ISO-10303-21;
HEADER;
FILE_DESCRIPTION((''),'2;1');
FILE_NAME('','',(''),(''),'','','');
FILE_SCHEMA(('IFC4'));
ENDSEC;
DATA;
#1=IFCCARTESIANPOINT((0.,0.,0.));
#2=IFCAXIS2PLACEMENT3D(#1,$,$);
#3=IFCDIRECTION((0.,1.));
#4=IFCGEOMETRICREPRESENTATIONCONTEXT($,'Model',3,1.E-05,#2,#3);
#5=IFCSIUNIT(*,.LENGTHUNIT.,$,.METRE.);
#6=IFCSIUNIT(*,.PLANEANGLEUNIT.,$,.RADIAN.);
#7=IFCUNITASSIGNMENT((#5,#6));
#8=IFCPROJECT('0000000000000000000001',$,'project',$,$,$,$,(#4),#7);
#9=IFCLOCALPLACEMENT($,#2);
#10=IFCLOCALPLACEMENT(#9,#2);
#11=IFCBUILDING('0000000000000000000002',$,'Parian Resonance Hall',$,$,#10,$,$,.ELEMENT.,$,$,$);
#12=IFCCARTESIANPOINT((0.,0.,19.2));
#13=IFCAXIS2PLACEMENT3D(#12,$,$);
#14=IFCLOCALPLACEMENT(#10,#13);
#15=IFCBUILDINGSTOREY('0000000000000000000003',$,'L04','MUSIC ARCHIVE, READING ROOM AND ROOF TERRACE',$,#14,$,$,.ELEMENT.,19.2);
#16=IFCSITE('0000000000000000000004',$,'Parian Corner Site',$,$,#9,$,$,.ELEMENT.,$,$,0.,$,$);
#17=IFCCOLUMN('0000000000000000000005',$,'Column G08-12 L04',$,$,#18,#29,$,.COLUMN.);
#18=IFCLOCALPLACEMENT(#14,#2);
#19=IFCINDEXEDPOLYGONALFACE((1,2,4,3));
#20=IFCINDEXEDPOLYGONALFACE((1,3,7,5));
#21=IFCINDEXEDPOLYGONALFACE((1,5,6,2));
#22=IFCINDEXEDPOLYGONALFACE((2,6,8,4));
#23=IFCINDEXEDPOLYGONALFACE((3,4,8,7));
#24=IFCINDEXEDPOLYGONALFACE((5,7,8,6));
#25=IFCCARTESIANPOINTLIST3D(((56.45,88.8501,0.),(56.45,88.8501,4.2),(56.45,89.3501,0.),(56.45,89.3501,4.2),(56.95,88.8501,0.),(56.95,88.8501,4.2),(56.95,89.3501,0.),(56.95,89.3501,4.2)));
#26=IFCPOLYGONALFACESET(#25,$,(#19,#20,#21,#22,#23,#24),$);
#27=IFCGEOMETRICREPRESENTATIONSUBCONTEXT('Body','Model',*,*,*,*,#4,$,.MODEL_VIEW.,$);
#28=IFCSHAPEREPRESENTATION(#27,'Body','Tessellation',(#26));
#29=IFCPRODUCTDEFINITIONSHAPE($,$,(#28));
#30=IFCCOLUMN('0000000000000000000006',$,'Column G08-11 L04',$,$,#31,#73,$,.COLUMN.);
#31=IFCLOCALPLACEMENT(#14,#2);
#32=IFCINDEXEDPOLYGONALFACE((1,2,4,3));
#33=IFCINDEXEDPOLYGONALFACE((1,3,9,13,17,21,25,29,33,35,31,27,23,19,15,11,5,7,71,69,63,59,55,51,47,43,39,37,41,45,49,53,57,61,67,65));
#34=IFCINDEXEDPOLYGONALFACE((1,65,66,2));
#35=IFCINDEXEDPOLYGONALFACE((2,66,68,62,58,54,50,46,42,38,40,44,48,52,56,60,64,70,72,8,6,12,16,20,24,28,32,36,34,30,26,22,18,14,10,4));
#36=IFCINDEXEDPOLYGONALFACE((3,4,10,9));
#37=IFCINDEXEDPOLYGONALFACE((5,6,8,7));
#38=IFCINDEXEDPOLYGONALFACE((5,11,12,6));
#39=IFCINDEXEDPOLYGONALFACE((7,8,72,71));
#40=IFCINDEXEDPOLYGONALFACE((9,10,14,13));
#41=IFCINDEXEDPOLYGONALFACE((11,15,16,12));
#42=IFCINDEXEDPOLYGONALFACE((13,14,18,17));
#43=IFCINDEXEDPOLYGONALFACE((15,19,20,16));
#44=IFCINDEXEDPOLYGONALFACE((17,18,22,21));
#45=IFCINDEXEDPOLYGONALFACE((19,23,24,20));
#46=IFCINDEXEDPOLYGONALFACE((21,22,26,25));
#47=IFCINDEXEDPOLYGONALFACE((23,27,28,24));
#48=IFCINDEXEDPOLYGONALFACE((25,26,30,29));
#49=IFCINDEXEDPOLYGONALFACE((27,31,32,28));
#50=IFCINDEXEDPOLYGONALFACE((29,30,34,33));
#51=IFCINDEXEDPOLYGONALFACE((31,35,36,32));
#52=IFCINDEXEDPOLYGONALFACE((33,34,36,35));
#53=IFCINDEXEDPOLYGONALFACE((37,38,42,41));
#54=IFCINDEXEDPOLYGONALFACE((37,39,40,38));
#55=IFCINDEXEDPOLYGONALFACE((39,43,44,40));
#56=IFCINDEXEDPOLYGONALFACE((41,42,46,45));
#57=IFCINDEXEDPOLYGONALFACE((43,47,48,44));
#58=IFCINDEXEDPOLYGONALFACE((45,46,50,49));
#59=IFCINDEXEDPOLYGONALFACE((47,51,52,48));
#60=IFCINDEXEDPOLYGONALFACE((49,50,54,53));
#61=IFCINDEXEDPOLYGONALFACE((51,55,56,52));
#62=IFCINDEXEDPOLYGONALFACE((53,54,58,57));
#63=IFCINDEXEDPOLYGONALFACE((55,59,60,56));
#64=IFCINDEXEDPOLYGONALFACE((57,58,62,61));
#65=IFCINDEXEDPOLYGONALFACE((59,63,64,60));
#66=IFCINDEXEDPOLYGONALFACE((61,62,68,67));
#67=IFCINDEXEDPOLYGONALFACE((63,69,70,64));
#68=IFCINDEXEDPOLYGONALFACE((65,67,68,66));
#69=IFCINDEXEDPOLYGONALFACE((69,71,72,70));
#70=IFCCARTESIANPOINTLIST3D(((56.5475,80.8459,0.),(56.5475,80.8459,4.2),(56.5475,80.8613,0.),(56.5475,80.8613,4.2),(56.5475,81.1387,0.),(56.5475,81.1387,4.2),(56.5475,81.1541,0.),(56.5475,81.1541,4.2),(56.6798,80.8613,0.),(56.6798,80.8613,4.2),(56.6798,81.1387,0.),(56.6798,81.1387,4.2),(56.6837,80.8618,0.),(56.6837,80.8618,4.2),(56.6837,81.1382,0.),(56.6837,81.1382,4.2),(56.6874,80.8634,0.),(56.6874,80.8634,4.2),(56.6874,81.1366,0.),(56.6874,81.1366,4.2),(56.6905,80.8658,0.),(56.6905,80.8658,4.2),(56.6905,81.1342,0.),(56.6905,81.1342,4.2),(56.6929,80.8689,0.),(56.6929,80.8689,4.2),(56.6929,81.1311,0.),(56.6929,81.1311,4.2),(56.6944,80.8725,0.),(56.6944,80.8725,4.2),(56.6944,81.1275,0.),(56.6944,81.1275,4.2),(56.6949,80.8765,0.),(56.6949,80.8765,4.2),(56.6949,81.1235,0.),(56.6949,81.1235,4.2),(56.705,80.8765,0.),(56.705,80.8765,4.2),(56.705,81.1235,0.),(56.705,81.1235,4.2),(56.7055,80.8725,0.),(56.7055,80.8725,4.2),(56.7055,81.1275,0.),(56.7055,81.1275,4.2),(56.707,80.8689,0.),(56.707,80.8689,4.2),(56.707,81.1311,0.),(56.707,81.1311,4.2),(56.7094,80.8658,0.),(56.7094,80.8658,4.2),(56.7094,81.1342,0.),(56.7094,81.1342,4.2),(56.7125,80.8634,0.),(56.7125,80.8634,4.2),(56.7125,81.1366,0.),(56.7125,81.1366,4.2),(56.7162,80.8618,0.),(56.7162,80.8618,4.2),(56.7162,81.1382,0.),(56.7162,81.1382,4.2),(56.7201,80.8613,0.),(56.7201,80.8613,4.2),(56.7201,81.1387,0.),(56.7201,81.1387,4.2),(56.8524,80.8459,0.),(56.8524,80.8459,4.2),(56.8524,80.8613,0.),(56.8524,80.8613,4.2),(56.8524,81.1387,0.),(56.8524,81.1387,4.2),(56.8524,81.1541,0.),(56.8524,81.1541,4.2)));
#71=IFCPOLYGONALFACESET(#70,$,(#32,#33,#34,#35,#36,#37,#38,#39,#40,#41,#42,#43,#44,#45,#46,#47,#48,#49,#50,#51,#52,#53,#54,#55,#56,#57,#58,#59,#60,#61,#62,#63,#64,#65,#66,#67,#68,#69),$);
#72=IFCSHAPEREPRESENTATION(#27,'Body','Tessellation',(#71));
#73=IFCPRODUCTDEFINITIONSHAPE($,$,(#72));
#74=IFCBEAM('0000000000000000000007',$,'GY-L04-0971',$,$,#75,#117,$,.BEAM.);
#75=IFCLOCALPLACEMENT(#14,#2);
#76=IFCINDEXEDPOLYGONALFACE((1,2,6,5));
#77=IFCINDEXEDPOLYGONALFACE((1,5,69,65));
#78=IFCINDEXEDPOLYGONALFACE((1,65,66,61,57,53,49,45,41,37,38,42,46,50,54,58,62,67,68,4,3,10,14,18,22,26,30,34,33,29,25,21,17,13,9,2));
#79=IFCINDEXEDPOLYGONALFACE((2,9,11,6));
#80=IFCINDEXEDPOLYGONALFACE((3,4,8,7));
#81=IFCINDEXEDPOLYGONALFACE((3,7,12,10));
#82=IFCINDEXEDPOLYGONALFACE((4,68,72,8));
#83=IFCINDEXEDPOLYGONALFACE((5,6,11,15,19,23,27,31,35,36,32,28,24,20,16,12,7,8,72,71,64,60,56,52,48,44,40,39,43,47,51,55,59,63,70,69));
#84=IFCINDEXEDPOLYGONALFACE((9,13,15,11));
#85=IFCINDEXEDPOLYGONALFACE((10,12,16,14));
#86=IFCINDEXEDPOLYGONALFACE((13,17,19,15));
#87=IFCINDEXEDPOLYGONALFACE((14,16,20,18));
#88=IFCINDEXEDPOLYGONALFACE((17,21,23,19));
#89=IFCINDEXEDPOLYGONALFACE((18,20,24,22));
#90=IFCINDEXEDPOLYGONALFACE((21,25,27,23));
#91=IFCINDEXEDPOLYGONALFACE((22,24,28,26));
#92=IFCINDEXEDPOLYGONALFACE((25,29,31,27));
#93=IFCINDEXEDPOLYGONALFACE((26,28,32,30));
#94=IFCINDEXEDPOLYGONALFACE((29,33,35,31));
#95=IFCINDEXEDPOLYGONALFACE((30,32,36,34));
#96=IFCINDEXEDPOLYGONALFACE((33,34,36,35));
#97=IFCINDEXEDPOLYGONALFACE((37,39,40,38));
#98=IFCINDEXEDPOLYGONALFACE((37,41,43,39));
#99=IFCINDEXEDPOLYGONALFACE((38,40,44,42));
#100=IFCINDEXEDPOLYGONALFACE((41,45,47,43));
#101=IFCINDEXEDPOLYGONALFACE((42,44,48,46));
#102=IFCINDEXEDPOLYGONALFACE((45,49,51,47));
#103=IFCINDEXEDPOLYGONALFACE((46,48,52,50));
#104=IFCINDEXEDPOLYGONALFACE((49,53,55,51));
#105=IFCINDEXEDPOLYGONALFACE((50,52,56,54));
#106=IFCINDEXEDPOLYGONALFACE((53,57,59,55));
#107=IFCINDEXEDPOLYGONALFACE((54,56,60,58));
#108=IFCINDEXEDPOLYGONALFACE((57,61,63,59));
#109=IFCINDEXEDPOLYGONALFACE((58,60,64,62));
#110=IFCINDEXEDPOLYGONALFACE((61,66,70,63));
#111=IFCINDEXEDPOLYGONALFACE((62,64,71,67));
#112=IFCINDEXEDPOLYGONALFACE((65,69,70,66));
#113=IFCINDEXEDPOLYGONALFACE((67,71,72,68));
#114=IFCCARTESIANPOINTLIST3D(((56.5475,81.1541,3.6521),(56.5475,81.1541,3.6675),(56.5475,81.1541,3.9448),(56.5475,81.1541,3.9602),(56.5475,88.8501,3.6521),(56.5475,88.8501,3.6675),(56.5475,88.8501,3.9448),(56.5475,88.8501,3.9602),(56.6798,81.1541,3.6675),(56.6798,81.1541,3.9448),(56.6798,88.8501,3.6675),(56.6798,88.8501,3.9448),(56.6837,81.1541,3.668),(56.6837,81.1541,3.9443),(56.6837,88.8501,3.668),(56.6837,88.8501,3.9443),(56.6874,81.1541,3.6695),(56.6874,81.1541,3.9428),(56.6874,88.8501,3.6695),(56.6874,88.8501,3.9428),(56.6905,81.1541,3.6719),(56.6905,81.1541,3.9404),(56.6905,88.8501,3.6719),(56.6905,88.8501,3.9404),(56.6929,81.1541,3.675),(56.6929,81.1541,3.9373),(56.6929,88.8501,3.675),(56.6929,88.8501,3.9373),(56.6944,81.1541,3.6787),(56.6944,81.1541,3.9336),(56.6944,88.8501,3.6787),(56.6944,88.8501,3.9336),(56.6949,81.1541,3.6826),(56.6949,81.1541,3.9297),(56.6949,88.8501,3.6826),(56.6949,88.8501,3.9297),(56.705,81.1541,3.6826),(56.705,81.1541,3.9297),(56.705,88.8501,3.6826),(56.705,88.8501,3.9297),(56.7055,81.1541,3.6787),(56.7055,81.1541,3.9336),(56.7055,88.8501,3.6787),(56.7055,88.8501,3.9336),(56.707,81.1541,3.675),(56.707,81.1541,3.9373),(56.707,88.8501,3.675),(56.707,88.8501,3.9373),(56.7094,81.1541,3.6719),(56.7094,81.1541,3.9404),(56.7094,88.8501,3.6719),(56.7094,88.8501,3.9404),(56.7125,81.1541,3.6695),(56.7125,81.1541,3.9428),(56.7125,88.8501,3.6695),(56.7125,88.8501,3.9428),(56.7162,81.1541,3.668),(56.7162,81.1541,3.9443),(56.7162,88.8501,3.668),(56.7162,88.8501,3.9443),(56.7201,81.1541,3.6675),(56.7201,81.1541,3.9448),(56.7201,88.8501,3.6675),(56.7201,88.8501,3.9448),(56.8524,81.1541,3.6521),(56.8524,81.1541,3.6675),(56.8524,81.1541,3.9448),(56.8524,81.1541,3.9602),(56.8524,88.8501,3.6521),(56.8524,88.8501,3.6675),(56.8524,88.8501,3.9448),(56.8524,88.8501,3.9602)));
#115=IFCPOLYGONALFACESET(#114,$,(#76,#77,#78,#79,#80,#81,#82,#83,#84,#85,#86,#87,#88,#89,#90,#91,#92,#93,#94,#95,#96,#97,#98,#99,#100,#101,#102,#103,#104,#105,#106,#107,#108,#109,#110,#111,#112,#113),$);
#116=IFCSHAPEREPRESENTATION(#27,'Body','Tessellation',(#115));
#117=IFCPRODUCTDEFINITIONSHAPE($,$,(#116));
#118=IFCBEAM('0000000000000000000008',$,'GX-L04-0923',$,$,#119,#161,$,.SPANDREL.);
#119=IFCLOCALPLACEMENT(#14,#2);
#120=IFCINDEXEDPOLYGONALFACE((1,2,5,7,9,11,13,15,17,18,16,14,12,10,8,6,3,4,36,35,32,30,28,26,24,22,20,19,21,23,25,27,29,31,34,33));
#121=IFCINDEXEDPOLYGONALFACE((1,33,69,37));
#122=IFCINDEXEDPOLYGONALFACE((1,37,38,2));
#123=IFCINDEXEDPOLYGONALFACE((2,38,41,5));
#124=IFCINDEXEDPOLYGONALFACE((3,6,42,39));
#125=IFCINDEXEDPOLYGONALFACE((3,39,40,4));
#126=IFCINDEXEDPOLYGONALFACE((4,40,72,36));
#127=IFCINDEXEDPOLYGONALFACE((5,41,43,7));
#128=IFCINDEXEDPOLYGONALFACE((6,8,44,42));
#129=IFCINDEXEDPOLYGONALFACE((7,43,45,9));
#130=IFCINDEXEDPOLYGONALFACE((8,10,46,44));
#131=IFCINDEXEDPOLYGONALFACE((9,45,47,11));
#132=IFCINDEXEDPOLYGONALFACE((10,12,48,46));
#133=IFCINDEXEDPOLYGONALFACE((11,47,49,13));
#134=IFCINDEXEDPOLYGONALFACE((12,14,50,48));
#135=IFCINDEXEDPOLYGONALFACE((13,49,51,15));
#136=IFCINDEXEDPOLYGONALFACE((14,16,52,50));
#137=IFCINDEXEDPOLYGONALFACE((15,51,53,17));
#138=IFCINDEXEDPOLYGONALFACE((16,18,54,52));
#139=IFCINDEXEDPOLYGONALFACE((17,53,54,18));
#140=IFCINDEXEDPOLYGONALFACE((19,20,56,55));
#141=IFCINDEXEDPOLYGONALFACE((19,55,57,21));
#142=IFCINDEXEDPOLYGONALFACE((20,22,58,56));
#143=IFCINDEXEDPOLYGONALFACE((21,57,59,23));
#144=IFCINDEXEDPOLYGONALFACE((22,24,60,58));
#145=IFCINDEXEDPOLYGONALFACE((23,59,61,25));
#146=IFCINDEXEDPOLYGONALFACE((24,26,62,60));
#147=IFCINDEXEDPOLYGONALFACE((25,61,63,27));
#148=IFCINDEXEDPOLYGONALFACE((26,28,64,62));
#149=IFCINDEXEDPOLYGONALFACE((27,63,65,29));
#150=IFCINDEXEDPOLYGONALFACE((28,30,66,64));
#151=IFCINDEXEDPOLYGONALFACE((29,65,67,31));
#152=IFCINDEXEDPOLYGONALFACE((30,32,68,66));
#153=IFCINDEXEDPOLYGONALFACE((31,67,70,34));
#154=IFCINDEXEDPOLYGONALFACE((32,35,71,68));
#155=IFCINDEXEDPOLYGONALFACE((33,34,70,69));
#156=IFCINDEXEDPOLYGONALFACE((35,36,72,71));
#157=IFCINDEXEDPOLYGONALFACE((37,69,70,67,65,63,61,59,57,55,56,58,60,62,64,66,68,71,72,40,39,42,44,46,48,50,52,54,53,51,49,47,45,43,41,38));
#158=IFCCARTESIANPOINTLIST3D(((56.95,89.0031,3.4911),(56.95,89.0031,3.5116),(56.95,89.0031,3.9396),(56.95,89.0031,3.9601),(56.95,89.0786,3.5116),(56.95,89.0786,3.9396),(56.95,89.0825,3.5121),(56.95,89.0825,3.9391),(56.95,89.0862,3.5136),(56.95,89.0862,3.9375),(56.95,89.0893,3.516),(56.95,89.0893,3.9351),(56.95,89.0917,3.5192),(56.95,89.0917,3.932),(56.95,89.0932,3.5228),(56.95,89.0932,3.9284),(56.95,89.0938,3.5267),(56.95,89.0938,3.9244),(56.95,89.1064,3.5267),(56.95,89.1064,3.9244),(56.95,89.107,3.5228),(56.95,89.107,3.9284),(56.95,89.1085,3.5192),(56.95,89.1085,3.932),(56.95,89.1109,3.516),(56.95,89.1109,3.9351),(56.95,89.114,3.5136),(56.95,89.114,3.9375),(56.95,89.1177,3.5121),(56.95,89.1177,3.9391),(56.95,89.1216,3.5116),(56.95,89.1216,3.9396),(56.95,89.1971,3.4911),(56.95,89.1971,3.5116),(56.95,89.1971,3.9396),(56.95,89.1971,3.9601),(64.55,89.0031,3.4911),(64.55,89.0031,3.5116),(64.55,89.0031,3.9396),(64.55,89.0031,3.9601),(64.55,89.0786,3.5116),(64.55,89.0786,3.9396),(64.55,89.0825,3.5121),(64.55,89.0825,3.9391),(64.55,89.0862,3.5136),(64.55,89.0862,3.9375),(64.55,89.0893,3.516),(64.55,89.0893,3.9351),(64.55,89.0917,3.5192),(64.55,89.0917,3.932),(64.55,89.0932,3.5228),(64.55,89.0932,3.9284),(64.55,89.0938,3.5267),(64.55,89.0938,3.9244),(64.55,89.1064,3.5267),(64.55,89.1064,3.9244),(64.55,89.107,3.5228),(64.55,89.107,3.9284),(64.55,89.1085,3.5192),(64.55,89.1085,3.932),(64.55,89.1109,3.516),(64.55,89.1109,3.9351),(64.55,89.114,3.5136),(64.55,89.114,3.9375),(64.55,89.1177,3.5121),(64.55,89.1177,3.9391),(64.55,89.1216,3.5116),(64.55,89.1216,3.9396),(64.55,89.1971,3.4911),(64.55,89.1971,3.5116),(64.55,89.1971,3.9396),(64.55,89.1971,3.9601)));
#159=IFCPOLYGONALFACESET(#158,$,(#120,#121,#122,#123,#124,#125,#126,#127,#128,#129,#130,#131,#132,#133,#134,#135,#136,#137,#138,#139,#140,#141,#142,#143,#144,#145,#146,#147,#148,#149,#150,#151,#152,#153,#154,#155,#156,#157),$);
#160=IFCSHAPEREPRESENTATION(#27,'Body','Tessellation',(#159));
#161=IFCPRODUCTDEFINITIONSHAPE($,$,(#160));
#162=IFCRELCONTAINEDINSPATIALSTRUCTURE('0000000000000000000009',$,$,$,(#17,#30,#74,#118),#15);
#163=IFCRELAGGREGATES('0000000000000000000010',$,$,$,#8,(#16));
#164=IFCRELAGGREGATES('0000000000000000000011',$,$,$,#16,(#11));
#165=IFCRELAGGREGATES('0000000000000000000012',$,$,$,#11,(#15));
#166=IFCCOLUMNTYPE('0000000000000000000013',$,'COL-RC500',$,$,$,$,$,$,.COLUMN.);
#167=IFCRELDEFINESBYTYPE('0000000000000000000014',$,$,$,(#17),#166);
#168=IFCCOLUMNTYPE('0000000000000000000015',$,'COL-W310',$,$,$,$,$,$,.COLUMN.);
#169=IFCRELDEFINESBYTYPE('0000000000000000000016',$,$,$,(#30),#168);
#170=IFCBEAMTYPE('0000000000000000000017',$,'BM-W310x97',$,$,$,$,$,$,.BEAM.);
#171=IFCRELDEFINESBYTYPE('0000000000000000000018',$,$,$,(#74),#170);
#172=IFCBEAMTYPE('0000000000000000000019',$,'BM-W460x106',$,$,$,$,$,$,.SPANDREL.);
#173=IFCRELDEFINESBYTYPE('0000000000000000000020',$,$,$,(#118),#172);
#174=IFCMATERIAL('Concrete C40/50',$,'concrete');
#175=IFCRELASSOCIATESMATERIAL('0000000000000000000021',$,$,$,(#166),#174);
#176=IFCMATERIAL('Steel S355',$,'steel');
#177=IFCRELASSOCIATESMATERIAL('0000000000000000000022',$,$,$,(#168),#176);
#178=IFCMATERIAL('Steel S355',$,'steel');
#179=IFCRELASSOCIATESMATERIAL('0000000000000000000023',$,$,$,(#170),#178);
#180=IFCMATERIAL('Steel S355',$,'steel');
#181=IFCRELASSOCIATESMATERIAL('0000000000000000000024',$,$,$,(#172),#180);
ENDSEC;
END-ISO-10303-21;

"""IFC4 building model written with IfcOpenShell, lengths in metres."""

from ifc_helpers import new_model, si_unit, direction, frame, origin, origin_2d, place, context, subcontext, project, spatial, rectangle, i_section, extrude, material, material_profile, profile_set, type_object, element, save


model = new_model("IFC4")

# Units and contexts
model_context = context("Model", 3, precision=1e-05, world=origin(), true_north=direction((0.0, 1.0)))
body_context = subcontext(model_context, "Body", "Model", "MODEL_VIEW")
ifc_project = project(units=[si_unit("LENGTHUNIT", "METRE"), si_unit("PLANEANGLEUNIT", "RADIAN")], contexts=[model_context])

# Site, building, storey
site_placement = place(None, origin())
site = spatial("IfcSite", under=ifc_project, at=site_placement, Name="Parian Corner Site", CompositionType="ELEMENT", RefElevation=0.0)
building_placement = place(site_placement, origin())
building = spatial("IfcBuilding", under=site, at=building_placement, Name="Parian Resonance Hall", CompositionType="ELEMENT")
storey_placement = place(building_placement, frame((0.0, 0.0, 19.2)))
storey = spatial("IfcBuildingStorey", under=building, at=storey_placement, Name="L04", Description="MUSIC ARCHIVE, READING ROOM AND ROOF TERRACE", CompositionType="ELEMENT", Elevation=19.2)

# Columns
ifc_material_1 = material(Name="Concrete C40/50", Category="concrete")
ifc_material_profile_1 = material_profile(ifc_material_1, rectangle(XDim=0.5, YDim=0.5, at=origin_2d()), Name="RC-COL-500x500")
ifc_profile_set_1 = profile_set([ifc_material_profile_1], Name="Concrete C40/50")
column_type_1 = type_object("IfcColumnType", Name="COL-RC500", PredefinedType="COLUMN", material=ifc_profile_set_1)
column_1_placement = place(storey_placement, frame((56.7, 89.1001, 0.0), z_axis=(0.0, 0.0, 1.0), x_axis=(1.0, 0.0, 0.0)))
element("IfcColumn", 1, at=column_1_placement, inside=storey, type_object=column_type_1, Name="Column G08-12 L04", PredefinedType="COLUMN", context=body_context, shape_type="SweptSolid", body=[
    extrude(rectangle(XDim=0.5, YDim=0.5, at=origin_2d()), origin(), (0.0, 0.0, 1.0), 4.2),
])
ifc_material_2 = material(Name="Steel S355", Category="steel")
ifc_material_profile_2 = material_profile(ifc_material_2, i_section(OverallWidth=0.3049, OverallDepth=0.3081, WebThickness=0.01, FlangeThickness=0.0154, FilletRadius=0.0151, at=origin_2d()), Name="W310x97")
ifc_profile_set_2 = profile_set([ifc_material_profile_2], Name="Steel S355")
column_type_2 = type_object("IfcColumnType", Name="COL-W310", PredefinedType="COLUMN", material=ifc_profile_set_2)
column_2_placement = place(storey_placement, frame((56.7, 81.0, 0.0), z_axis=(0.0, 0.0, 1.0), x_axis=(1.0, 0.0, 0.0)))
element("IfcColumn", 2, at=column_2_placement, inside=storey, type_object=column_type_2, Name="Column G08-11 L04", PredefinedType="COLUMN", context=body_context, shape_type="SweptSolid", body=[
    extrude(i_section(OverallWidth=0.3049, OverallDepth=0.3081, WebThickness=0.01, FlangeThickness=0.0154, FilletRadius=0.0151, at=origin_2d()), origin(), (0.0, 0.0, 1.0), 4.2),
])

# Beams
ifc_material_3 = material(Name="Steel S355", Category="steel")
ifc_material_profile_3 = material_profile(ifc_material_3, i_section(OverallWidth=0.3049, OverallDepth=0.3081, WebThickness=0.01, FlangeThickness=0.0154, FilletRadius=0.0151, at=origin_2d()), Name="W310x97")
ifc_profile_set_3 = profile_set([ifc_material_profile_3], Name="Steel S355")
beam_type_1 = type_object("IfcBeamType", Name="BM-W310x97", PredefinedType="BEAM", material=ifc_profile_set_3)
beam_1_placement = place(storey_placement, frame((56.7, 81.1541, 3.8062), z_axis=(0.0, 1.0, 0.0), x_axis=(-1.0, 0.0, 0.0)))
element("IfcBeam", 3, at=beam_1_placement, inside=storey, type_object=beam_type_1, Name="GY-L04-0971", PredefinedType="BEAM", context=body_context, shape_type="SweptSolid", body=[
    extrude(i_section(OverallWidth=0.3049, OverallDepth=0.3081, WebThickness=0.01, FlangeThickness=0.0154, FilletRadius=0.0151, at=origin_2d()), origin(), (0.0, 0.0, 1.0), 7.696),
])
ifc_material_4 = material(Name="Steel S355", Category="steel")
ifc_material_profile_4 = material_profile(ifc_material_4, i_section(OverallWidth=0.1941, OverallDepth=0.469, WebThickness=0.0127, FlangeThickness=0.0205, FilletRadius=0.0151, at=origin_2d()), Name="W460x106")
ifc_profile_set_4 = profile_set([ifc_material_profile_4], Name="Steel S355")
beam_type_2 = type_object("IfcBeamType", Name="BM-W460x106", PredefinedType="SPANDREL", material=ifc_profile_set_4)
beam_2_placement = place(storey_placement, frame((56.95, 89.1001, 3.7256), z_axis=(1.0, 0.0, 0.0), x_axis=(0.0, 1.0, 0.0)))
element("IfcBeam", 4, at=beam_2_placement, inside=storey, type_object=beam_type_2, Name="GX-L04-0923", PredefinedType="SPANDREL", context=body_context, shape_type="SweptSolid", body=[
    extrude(i_section(OverallWidth=0.1941, OverallDepth=0.469, WebThickness=0.0127, FlangeThickness=0.0205, FilletRadius=0.0151, at=origin_2d()), origin(), (0.0, 0.0, 1.0), 7.6001),
])

save(model, "model.ifc")
